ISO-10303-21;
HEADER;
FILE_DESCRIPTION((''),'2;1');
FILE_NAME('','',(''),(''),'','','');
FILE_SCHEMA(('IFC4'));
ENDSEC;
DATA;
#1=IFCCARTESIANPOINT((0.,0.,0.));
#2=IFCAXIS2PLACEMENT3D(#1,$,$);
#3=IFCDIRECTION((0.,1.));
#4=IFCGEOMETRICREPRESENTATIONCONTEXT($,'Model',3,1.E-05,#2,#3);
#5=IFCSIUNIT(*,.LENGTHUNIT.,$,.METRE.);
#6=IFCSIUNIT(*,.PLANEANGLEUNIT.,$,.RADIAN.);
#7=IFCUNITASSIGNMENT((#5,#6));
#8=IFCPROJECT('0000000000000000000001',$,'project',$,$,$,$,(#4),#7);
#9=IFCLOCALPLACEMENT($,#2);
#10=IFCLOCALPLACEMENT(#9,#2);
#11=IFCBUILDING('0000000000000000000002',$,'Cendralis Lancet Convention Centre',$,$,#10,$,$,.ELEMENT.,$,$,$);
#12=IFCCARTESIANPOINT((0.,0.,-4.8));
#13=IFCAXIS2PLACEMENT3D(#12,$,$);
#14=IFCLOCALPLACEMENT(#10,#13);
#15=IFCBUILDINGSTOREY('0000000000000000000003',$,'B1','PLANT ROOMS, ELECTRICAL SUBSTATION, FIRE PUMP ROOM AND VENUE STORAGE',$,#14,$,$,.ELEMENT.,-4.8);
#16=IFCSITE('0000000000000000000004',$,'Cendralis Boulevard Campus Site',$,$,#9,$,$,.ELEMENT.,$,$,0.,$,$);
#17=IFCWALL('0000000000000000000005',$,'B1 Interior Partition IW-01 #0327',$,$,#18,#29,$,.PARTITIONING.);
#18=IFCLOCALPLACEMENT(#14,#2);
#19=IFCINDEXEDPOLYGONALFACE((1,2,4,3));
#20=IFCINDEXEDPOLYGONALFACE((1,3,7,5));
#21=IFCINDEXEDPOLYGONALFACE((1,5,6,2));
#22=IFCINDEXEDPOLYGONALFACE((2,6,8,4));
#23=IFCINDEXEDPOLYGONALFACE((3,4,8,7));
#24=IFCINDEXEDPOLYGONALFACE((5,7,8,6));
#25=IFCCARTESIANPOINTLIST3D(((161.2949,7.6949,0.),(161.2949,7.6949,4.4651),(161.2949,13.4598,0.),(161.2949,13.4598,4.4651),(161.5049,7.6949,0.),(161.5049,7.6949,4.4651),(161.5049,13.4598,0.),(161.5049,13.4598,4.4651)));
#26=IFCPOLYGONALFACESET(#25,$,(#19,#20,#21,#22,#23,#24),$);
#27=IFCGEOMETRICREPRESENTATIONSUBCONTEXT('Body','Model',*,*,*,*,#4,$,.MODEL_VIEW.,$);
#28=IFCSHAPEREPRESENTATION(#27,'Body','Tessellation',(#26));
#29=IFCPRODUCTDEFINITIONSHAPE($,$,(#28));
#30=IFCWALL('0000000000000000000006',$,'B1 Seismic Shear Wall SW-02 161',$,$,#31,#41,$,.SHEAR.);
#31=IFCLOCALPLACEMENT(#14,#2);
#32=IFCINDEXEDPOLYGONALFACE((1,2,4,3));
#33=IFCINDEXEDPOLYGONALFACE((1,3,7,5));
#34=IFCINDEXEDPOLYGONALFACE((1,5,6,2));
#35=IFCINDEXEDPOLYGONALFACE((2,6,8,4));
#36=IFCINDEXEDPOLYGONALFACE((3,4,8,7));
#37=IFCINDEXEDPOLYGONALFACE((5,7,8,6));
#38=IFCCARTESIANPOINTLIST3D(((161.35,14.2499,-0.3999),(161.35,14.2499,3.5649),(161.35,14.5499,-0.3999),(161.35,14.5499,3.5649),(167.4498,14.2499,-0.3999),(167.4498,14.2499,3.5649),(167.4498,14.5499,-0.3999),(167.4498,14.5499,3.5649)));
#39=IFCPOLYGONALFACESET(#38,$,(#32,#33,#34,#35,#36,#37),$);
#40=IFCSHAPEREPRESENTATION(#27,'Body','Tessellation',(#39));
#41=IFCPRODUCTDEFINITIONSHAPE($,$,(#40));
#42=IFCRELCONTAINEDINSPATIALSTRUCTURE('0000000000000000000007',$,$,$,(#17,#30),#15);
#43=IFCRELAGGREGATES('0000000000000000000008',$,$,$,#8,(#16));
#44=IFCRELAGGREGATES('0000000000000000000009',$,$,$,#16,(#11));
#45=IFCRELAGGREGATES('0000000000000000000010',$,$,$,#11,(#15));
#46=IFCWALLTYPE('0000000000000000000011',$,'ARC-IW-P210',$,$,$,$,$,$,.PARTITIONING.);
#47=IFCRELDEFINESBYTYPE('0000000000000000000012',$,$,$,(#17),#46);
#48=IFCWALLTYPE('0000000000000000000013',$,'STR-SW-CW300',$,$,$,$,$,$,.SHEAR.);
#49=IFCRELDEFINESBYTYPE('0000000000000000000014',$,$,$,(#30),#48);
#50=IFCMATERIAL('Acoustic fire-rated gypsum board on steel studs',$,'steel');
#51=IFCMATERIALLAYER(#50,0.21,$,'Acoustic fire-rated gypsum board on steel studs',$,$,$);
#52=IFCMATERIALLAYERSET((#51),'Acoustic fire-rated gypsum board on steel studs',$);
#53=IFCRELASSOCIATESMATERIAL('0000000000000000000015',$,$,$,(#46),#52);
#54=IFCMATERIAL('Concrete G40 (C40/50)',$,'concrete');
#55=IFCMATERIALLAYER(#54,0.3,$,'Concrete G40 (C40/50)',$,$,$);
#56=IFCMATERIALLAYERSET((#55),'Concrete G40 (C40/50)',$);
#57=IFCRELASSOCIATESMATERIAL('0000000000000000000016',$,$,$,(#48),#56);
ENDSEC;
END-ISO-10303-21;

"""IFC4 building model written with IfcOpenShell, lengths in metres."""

from ifc_helpers import new_model, si_unit, direction, frame, frame_2d, origin, place, context, subcontext, project, spatial, rectangle, extrude, material, layer, layer_set, type_object, element, save


model = new_model("IFC4")

# Units and contexts
model_context = context("Model", 3, precision=1e-05, world=origin(), true_north=direction((0.0, 1.0)))
body_context = subcontext(model_context, "Body", "Model", "MODEL_VIEW")
ifc_project = project(units=[si_unit("LENGTHUNIT", "METRE"), si_unit("PLANEANGLEUNIT", "RADIAN")], contexts=[model_context])

# Site, building, storey
site_placement = place(None, origin())
site = spatial("IfcSite", under=ifc_project, at=site_placement, Name="Cendralis Boulevard Campus Site", CompositionType="ELEMENT", RefElevation=0.0)
building_placement = place(site_placement, origin())
building = spatial("IfcBuilding", under=site, at=building_placement, Name="Cendralis Lancet Convention Centre", CompositionType="ELEMENT")
storey_placement = place(building_placement, frame((0.0, 0.0, -4.8)))
storey = spatial("IfcBuildingStorey", under=building, at=storey_placement, Name="B1", Description="PLANT ROOMS, ELECTRICAL SUBSTATION, FIRE PUMP ROOM AND VENUE STORAGE", CompositionType="ELEMENT", Elevation=-4.8)

# Shared definitions
ifc_material_1 = material(Name="Concrete G40 (C40/50)", Category="concrete")

# Shared definitions
ifc_material_2 = material(Name="Acoustic fire-rated gypsum board on steel studs", Category="steel")
ifc_layer_1 = layer(ifc_material_2, 0.21, Name="Acoustic fire-rated gypsum board on steel studs")
ifc_layer_set_1 = layer_set([ifc_layer_1], Name="Acoustic fire-rated gypsum board on steel studs")
wall_type_1 = type_object("IfcWallType", Name="ARC-IW-P210", PredefinedType="PARTITIONING", material=ifc_layer_set_1)

# Walls
wall_1_placement = place(storey_placement, frame((161.3999, 7.6951, 0.0), z_axis=(0.0, 0.0, 1.0), x_axis=(0.0, 1.0, 0.0)))
element("IfcWall", 1, at=wall_1_placement, inside=storey, type_object=wall_type_1, Name="B1 Interior Partition IW-01 #0327", PredefinedType="PARTITIONING", context=body_context, shape_type="SweptSolid", body=[
    extrude(rectangle(XDim=5.7649, YDim=0.21, at=frame_2d((2.8823, 0.0))), origin(), (0.0, 0.0, 1.0), 4.4651),
])
ifc_layer_2 = layer(ifc_material_1, 0.3, Name="Concrete G40 (C40/50)")
ifc_layer_set_2 = layer_set([ifc_layer_2], Name="Concrete G40 (C40/50)")
wall_type_2 = type_object("IfcWallType", Name="STR-SW-CW300", PredefinedType="SHEAR", material=ifc_layer_set_2)
wall_2_placement = place(storey_placement, frame((161.3501, 14.3999, -0.3999), z_axis=(0.0, 0.0, 1.0), x_axis=(1.0, 0.0, 0.0)))
element("IfcWall", 2, at=wall_2_placement, inside=storey, type_object=wall_type_2, Name="B1 Seismic Shear Wall SW-02 161", PredefinedType="SHEAR", context=body_context, shape_type="SweptSolid", body=[
    extrude(rectangle(XDim=6.0999, YDim=0.3, at=frame_2d((3.0498, 0.0))), origin(), (0.0, 0.0, 1.0), 3.9648),
])

save(model, "model.ifc")
